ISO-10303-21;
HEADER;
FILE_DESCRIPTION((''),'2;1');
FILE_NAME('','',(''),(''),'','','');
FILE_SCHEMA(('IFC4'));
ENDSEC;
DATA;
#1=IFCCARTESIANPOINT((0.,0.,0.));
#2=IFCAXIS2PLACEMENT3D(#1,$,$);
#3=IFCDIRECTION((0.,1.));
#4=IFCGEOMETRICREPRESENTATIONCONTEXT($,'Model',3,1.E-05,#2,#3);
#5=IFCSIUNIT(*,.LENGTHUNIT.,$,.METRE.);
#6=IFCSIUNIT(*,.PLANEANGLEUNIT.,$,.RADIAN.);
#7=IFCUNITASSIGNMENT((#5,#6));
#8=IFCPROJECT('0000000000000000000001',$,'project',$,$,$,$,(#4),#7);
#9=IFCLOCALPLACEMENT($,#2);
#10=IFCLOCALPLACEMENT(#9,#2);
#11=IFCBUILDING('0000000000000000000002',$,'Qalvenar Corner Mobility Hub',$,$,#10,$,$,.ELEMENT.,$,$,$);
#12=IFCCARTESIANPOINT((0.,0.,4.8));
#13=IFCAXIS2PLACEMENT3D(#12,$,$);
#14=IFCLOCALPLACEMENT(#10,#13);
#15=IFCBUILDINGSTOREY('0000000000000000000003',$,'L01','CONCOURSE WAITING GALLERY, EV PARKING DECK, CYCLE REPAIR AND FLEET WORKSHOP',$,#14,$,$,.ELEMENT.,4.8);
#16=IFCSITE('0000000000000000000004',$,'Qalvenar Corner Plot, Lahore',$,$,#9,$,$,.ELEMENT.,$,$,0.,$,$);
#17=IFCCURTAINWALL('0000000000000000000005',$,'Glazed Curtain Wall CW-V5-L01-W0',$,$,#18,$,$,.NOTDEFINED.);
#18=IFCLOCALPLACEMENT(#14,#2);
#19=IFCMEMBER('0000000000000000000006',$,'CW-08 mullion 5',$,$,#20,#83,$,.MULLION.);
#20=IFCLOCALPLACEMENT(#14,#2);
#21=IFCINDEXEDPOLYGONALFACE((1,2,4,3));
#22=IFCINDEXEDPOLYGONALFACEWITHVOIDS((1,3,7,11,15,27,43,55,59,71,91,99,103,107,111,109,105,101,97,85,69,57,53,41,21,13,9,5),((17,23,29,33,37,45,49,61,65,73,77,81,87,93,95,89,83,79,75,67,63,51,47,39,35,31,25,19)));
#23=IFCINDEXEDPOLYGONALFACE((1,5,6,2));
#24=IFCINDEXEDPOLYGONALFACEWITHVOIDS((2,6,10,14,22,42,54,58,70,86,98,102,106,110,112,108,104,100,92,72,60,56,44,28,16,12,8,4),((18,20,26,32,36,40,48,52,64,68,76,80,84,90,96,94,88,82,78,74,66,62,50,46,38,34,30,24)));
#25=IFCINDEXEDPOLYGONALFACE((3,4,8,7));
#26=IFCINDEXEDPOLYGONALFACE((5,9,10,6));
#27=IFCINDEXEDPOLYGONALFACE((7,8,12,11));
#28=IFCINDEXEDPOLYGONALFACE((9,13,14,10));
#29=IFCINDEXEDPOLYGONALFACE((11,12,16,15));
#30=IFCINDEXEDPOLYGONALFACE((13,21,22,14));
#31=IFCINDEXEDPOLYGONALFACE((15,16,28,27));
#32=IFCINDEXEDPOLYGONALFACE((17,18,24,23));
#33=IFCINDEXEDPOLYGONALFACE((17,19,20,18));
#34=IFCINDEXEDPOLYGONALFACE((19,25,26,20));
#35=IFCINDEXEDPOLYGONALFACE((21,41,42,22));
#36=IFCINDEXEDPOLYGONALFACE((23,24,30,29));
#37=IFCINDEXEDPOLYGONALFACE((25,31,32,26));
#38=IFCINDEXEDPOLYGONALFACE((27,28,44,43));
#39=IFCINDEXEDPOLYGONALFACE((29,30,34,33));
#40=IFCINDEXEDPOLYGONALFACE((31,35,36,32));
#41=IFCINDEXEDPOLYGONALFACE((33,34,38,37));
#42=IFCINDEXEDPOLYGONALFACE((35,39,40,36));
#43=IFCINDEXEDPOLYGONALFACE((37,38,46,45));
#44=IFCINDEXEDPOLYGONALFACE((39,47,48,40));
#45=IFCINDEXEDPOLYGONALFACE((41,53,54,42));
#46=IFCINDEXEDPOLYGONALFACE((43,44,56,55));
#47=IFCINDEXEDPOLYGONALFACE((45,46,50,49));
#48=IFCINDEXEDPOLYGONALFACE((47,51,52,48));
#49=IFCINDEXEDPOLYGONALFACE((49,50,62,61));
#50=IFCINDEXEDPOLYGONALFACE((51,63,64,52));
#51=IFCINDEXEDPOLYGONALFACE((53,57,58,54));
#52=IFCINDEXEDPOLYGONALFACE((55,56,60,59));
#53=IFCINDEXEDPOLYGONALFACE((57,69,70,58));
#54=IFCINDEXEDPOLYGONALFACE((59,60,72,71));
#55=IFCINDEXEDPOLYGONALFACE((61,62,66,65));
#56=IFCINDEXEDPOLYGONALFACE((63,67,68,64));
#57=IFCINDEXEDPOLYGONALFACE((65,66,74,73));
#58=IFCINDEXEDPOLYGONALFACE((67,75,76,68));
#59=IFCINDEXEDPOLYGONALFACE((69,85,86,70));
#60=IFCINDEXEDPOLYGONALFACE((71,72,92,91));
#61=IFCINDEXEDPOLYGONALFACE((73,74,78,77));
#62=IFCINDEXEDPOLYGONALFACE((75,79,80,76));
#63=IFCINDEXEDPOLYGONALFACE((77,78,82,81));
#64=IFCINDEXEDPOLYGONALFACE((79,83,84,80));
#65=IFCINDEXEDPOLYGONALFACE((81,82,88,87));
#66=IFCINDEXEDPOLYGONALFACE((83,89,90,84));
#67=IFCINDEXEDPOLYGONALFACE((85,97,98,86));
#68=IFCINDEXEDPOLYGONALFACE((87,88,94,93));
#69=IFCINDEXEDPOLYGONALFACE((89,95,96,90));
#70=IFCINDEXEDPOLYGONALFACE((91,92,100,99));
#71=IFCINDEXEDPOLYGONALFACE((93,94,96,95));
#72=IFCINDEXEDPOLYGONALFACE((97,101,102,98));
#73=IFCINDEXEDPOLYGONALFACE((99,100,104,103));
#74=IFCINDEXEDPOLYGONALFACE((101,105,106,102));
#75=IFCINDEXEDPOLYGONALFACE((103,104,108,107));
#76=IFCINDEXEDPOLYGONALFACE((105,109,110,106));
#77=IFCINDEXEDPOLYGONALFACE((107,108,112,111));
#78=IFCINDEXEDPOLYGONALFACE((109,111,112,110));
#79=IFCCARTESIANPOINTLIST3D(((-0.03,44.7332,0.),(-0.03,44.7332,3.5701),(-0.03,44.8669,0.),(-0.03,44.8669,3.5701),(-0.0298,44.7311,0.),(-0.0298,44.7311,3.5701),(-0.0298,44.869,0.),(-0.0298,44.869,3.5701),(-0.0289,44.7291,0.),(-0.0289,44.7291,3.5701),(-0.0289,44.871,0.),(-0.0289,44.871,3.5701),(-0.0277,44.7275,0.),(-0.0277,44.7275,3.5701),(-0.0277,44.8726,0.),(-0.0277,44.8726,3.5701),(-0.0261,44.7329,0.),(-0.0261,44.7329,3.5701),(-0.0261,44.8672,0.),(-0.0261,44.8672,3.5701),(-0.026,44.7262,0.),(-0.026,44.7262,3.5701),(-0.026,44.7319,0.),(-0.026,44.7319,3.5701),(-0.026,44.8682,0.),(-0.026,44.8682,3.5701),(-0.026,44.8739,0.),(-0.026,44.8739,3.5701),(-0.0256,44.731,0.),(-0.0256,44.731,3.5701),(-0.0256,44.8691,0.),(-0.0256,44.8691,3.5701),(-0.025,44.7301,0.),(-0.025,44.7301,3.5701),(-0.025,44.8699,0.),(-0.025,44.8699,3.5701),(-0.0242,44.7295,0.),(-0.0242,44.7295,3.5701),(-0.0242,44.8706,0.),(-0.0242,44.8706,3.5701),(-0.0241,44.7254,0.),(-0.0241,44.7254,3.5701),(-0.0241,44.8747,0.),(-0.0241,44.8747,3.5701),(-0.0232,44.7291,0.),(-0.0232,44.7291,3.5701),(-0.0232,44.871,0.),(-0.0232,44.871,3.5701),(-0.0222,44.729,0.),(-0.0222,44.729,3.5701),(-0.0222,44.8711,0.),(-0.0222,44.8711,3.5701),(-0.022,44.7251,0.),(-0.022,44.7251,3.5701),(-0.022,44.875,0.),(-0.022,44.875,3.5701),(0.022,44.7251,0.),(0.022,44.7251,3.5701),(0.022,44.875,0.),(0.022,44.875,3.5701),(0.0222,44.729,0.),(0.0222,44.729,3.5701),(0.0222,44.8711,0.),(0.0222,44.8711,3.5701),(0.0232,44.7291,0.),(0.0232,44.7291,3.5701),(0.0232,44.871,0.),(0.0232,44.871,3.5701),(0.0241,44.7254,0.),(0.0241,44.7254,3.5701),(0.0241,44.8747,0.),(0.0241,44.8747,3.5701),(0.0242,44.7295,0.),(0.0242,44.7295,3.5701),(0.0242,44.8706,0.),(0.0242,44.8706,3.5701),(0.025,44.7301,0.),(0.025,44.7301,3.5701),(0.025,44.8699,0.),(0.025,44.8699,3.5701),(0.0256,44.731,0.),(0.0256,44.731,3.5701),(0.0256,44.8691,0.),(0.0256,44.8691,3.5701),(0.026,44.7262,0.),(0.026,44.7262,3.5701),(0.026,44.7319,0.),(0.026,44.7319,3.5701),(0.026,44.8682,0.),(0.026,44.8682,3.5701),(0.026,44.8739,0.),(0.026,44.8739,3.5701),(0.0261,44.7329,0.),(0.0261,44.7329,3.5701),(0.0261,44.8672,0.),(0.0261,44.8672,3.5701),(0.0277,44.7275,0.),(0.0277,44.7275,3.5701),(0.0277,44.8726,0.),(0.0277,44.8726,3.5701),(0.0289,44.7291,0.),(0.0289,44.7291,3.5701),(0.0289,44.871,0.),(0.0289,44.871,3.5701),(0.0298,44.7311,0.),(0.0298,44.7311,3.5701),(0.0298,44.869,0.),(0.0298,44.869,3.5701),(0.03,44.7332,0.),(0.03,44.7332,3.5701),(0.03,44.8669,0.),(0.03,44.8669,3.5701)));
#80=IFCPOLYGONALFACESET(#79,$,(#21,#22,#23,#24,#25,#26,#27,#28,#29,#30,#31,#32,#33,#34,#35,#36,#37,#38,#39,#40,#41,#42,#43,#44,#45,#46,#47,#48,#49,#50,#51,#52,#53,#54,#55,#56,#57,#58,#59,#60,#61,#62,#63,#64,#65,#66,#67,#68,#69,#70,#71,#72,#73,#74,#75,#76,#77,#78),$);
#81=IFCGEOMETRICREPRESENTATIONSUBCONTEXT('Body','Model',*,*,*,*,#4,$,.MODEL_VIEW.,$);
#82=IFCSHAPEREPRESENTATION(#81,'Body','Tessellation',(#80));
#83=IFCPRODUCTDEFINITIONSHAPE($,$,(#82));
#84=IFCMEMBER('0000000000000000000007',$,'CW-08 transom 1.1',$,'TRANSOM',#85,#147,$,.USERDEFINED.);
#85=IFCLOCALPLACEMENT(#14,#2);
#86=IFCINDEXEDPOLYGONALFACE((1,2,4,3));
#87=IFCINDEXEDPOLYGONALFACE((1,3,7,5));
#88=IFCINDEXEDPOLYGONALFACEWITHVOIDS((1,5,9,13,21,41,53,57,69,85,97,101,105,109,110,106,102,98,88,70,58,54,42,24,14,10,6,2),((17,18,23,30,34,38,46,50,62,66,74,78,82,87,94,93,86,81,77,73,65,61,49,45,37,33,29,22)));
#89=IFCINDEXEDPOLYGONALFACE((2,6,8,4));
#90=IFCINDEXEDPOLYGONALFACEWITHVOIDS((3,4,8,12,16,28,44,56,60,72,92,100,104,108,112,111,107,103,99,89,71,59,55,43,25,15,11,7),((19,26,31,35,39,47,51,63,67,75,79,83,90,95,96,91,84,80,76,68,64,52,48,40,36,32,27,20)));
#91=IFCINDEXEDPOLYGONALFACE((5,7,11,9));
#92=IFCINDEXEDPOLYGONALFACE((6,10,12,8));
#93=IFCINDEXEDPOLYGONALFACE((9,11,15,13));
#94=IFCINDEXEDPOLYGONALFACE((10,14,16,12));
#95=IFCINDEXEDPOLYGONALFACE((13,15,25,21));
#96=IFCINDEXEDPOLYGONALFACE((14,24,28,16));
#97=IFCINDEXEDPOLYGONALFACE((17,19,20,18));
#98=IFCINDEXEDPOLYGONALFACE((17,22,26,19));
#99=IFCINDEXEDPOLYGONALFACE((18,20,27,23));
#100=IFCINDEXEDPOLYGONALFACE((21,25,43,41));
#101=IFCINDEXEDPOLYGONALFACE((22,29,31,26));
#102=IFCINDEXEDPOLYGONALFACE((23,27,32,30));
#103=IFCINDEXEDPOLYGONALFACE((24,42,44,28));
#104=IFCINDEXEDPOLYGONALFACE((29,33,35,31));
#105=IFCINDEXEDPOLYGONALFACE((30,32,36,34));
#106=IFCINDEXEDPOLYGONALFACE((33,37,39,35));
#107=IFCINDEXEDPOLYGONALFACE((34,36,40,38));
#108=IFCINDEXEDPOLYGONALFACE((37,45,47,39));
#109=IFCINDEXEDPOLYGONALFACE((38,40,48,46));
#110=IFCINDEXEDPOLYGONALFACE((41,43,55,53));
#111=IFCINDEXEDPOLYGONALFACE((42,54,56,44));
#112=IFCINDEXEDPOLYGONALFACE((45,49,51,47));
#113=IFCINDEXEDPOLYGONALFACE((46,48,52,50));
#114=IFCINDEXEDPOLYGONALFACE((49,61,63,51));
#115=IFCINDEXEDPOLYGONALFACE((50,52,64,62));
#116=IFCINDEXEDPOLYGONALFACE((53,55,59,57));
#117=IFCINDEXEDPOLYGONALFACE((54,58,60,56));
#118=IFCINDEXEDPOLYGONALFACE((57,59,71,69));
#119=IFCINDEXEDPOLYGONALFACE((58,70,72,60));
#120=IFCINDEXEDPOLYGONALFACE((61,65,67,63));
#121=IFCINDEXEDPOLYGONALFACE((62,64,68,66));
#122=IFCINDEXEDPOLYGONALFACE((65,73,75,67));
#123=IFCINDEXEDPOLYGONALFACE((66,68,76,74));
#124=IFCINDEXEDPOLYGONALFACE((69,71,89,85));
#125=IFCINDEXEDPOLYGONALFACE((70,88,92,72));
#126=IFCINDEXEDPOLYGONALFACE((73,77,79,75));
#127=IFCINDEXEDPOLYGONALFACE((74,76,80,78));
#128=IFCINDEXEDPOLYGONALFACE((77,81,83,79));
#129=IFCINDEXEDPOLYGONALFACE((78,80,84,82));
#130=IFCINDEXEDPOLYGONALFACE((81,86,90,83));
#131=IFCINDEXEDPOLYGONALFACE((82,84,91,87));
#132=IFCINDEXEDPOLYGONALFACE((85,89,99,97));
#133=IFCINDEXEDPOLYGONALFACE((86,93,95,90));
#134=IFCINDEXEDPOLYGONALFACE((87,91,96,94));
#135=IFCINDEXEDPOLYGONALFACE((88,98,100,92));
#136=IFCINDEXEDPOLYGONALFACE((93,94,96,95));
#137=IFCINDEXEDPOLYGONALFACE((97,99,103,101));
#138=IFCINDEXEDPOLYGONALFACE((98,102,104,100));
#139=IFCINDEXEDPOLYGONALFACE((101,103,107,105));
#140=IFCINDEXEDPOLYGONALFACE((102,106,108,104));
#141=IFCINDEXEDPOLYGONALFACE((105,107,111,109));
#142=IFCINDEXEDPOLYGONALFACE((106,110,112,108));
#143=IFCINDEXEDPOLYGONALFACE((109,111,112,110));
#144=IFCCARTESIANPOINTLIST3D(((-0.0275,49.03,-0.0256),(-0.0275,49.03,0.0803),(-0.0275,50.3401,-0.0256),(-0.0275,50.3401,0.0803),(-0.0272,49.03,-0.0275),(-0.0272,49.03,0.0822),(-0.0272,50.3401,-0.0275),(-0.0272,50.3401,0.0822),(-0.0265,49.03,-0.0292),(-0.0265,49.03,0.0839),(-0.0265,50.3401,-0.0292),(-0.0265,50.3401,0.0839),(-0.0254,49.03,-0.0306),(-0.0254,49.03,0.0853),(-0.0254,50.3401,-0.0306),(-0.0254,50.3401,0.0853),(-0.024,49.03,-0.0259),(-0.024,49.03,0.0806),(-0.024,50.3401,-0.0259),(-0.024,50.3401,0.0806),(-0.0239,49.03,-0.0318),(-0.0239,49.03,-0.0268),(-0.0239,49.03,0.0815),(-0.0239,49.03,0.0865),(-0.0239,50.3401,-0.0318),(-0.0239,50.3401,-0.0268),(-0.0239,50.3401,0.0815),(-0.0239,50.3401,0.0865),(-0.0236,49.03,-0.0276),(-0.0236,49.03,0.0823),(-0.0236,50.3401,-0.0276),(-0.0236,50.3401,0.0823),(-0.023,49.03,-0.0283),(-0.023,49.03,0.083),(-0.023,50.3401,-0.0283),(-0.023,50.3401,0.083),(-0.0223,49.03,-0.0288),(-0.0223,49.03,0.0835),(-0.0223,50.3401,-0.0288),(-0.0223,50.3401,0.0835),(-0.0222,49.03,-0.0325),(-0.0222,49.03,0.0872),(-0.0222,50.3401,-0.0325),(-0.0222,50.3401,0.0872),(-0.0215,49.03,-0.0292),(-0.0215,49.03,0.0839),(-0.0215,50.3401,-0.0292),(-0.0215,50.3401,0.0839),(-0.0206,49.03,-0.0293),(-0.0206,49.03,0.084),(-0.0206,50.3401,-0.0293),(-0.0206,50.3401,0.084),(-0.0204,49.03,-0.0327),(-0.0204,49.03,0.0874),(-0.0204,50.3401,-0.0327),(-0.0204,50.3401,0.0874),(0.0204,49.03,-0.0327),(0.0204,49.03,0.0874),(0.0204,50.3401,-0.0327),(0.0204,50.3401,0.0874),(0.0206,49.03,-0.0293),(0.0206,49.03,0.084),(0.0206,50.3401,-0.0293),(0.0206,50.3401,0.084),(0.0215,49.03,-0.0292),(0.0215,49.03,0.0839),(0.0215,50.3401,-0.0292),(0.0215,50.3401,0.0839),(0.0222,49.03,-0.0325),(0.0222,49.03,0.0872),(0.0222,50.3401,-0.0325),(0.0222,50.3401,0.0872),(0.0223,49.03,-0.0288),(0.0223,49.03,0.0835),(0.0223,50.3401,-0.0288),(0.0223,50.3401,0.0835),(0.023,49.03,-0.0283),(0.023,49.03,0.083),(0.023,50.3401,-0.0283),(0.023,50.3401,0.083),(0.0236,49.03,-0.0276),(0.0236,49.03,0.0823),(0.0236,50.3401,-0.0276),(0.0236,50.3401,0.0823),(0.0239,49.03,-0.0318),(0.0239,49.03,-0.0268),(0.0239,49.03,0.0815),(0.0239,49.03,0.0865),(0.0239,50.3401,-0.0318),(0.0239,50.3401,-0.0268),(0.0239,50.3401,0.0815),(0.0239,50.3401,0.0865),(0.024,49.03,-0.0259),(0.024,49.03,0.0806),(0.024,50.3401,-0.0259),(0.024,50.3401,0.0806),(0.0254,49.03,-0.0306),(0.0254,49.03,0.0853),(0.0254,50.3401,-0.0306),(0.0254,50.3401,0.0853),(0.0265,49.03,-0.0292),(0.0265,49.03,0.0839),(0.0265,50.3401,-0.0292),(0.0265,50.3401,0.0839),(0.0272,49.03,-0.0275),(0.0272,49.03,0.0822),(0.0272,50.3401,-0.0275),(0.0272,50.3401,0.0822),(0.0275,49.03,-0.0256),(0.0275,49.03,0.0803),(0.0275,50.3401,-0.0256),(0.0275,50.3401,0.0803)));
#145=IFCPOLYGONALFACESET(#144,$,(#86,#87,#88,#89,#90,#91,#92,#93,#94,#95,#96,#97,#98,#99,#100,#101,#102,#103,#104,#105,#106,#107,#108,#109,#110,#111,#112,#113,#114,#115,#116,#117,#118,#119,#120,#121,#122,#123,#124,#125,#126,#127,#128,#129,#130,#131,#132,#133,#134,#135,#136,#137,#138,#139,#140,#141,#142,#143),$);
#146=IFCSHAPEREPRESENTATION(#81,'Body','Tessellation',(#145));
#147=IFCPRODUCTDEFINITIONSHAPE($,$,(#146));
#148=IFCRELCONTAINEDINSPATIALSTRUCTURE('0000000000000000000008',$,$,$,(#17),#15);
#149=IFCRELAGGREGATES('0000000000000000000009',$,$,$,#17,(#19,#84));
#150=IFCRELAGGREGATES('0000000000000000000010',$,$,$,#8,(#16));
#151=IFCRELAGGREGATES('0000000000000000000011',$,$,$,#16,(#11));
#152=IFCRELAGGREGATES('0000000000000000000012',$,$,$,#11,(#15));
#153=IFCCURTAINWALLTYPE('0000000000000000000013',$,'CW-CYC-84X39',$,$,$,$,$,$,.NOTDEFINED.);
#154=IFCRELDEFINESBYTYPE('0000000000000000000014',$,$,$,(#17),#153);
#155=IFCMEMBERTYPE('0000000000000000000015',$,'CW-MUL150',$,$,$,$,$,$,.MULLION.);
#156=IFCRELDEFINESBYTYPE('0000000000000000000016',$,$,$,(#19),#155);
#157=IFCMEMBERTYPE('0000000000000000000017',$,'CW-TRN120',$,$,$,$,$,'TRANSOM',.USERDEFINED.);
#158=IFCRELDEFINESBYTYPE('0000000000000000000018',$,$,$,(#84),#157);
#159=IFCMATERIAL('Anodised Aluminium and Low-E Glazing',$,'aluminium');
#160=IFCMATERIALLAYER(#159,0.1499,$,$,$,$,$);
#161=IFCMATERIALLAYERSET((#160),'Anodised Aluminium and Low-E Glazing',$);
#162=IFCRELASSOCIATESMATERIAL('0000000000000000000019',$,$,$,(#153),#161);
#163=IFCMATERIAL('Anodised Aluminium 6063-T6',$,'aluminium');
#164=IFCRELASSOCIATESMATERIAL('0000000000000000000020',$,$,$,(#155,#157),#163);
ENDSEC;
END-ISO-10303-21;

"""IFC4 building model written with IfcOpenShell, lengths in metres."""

from ifc_helpers import new_model, si_unit, direction, frame, origin, origin_2d, place, context, subcontext, project, spatial, hollow_rectangle, extrude, material, layer, layer_set, material_profile, profile_set, type_object, element, aggregate, save


model = new_model("IFC4")

# Units and contexts
model_context = context("Model", 3, precision=1e-05, world=origin(), true_north=direction((0.0, 1.0)))
body_context = subcontext(model_context, "Body", "Model", "MODEL_VIEW")
ifc_project = project(units=[si_unit("LENGTHUNIT", "METRE"), si_unit("PLANEANGLEUNIT", "RADIAN")], contexts=[model_context])

# Site, building, storey
site_placement = place(None, origin())
site = spatial("IfcSite", under=ifc_project, at=site_placement, Name="Qalvenar Corner Plot, Lahore", CompositionType="ELEMENT", RefElevation=0.0)
building_placement = place(site_placement, origin())
building = spatial("IfcBuilding", under=site, at=building_placement, Name="Qalvenar Corner Mobility Hub", CompositionType="ELEMENT")
storey_placement = place(building_placement, frame((0.0, 0.0, 4.8)))
storey = spatial("IfcBuildingStorey", under=building, at=storey_placement, Name="L01", Description="CONCOURSE WAITING GALLERY, EV PARKING DECK, CYCLE REPAIR AND FLEET WORKSHOP", CompositionType="ELEMENT", Elevation=4.8)

# Curtain wall, members
ifc_material_1 = material(Name="Anodised Aluminium and Low-E Glazing", Category="aluminium")
ifc_layer_1 = layer(ifc_material_1, 0.1499)
ifc_layer_set_1 = layer_set([ifc_layer_1], Name="Anodised Aluminium and Low-E Glazing")
curtain_wall_type = type_object("IfcCurtainWallType", Name="CW-CYC-84X39", PredefinedType="NOTDEFINED", material=ifc_layer_set_1)
curtain_wall_placement = place(storey_placement, origin())
curtain_wall = element("IfcCurtainWall", 1, at=curtain_wall_placement, inside=storey, type_object=curtain_wall_type, Name="Glazed Curtain Wall CW-V5-L01-W0", PredefinedType="NOTDEFINED")
ifc_material_2 = material(Name="Anodised Aluminium 6063-T6", Category="aluminium")
ifc_material_profile_1 = material_profile(ifc_material_2, hollow_rectangle(XDim=0.0601, YDim=0.1499, WallThickness=0.0039, InnerFilletRadius=0.0039, OuterFilletRadius=0.0081, at=origin_2d()), Name="RHS150x60x4")
ifc_profile_set_1 = profile_set([ifc_material_profile_1], Name="Anodised Aluminium 6063-T6")
member_type_1 = type_object("IfcMemberType", Name="CW-MUL150", PredefinedType="MULLION", material=ifc_profile_set_1)
member_1_placement = place(storey_placement, frame((0.0, 44.8, 0.0), z_axis=(0.0, 0.0, 1.0), x_axis=(1.0, 0.0, 0.0)))
member_1 = element("IfcMember", 2, at=member_1_placement, type_object=member_type_1, Name="CW-08 mullion 5", PredefinedType="MULLION", context=body_context, shape_type="SweptSolid", body=[
    extrude(hollow_rectangle(XDim=0.0601, YDim=0.1499, WallThickness=0.0039, InnerFilletRadius=0.0039, OuterFilletRadius=0.0081, at=origin_2d()), origin(), (0.0, 0.0, 1.0), 3.5701),
])
ifc_material_profile_2 = material_profile(ifc_material_2, hollow_rectangle(XDim=0.0549, YDim=0.1201, WallThickness=0.0034, InnerFilletRadius=0.0034, OuterFilletRadius=0.0071, at=origin_2d()), Name="RHS120x55x3.5")
ifc_profile_set_2 = profile_set([ifc_material_profile_2], Name="Anodised Aluminium 6063-T6")
member_type_2 = type_object("IfcMemberType", Name="CW-TRN120", ElementType="TRANSOM", PredefinedType="USERDEFINED", material=ifc_profile_set_2)
member_2_placement = place(storey_placement, frame((0.0, 50.3401, 0.0273), z_axis=(0.0, -1.0, 0.0), x_axis=(1.0, 0.0, 0.0)))
member_2 = element("IfcMember", 3, at=member_2_placement, type_object=member_type_2, Name="CW-08 transom 1.1", ObjectType="TRANSOM", PredefinedType="USERDEFINED", context=body_context, shape_type="SweptSolid", body=[
    extrude(hollow_rectangle(XDim=0.0549, YDim=0.1201, WallThickness=0.0034, InnerFilletRadius=0.0034, OuterFilletRadius=0.0071, at=origin_2d()), origin(), (0.0, 0.0, 1.0), 1.3101),
])
aggregate(curtain_wall, [member_1, member_2])

save(model, "model.ifc")
